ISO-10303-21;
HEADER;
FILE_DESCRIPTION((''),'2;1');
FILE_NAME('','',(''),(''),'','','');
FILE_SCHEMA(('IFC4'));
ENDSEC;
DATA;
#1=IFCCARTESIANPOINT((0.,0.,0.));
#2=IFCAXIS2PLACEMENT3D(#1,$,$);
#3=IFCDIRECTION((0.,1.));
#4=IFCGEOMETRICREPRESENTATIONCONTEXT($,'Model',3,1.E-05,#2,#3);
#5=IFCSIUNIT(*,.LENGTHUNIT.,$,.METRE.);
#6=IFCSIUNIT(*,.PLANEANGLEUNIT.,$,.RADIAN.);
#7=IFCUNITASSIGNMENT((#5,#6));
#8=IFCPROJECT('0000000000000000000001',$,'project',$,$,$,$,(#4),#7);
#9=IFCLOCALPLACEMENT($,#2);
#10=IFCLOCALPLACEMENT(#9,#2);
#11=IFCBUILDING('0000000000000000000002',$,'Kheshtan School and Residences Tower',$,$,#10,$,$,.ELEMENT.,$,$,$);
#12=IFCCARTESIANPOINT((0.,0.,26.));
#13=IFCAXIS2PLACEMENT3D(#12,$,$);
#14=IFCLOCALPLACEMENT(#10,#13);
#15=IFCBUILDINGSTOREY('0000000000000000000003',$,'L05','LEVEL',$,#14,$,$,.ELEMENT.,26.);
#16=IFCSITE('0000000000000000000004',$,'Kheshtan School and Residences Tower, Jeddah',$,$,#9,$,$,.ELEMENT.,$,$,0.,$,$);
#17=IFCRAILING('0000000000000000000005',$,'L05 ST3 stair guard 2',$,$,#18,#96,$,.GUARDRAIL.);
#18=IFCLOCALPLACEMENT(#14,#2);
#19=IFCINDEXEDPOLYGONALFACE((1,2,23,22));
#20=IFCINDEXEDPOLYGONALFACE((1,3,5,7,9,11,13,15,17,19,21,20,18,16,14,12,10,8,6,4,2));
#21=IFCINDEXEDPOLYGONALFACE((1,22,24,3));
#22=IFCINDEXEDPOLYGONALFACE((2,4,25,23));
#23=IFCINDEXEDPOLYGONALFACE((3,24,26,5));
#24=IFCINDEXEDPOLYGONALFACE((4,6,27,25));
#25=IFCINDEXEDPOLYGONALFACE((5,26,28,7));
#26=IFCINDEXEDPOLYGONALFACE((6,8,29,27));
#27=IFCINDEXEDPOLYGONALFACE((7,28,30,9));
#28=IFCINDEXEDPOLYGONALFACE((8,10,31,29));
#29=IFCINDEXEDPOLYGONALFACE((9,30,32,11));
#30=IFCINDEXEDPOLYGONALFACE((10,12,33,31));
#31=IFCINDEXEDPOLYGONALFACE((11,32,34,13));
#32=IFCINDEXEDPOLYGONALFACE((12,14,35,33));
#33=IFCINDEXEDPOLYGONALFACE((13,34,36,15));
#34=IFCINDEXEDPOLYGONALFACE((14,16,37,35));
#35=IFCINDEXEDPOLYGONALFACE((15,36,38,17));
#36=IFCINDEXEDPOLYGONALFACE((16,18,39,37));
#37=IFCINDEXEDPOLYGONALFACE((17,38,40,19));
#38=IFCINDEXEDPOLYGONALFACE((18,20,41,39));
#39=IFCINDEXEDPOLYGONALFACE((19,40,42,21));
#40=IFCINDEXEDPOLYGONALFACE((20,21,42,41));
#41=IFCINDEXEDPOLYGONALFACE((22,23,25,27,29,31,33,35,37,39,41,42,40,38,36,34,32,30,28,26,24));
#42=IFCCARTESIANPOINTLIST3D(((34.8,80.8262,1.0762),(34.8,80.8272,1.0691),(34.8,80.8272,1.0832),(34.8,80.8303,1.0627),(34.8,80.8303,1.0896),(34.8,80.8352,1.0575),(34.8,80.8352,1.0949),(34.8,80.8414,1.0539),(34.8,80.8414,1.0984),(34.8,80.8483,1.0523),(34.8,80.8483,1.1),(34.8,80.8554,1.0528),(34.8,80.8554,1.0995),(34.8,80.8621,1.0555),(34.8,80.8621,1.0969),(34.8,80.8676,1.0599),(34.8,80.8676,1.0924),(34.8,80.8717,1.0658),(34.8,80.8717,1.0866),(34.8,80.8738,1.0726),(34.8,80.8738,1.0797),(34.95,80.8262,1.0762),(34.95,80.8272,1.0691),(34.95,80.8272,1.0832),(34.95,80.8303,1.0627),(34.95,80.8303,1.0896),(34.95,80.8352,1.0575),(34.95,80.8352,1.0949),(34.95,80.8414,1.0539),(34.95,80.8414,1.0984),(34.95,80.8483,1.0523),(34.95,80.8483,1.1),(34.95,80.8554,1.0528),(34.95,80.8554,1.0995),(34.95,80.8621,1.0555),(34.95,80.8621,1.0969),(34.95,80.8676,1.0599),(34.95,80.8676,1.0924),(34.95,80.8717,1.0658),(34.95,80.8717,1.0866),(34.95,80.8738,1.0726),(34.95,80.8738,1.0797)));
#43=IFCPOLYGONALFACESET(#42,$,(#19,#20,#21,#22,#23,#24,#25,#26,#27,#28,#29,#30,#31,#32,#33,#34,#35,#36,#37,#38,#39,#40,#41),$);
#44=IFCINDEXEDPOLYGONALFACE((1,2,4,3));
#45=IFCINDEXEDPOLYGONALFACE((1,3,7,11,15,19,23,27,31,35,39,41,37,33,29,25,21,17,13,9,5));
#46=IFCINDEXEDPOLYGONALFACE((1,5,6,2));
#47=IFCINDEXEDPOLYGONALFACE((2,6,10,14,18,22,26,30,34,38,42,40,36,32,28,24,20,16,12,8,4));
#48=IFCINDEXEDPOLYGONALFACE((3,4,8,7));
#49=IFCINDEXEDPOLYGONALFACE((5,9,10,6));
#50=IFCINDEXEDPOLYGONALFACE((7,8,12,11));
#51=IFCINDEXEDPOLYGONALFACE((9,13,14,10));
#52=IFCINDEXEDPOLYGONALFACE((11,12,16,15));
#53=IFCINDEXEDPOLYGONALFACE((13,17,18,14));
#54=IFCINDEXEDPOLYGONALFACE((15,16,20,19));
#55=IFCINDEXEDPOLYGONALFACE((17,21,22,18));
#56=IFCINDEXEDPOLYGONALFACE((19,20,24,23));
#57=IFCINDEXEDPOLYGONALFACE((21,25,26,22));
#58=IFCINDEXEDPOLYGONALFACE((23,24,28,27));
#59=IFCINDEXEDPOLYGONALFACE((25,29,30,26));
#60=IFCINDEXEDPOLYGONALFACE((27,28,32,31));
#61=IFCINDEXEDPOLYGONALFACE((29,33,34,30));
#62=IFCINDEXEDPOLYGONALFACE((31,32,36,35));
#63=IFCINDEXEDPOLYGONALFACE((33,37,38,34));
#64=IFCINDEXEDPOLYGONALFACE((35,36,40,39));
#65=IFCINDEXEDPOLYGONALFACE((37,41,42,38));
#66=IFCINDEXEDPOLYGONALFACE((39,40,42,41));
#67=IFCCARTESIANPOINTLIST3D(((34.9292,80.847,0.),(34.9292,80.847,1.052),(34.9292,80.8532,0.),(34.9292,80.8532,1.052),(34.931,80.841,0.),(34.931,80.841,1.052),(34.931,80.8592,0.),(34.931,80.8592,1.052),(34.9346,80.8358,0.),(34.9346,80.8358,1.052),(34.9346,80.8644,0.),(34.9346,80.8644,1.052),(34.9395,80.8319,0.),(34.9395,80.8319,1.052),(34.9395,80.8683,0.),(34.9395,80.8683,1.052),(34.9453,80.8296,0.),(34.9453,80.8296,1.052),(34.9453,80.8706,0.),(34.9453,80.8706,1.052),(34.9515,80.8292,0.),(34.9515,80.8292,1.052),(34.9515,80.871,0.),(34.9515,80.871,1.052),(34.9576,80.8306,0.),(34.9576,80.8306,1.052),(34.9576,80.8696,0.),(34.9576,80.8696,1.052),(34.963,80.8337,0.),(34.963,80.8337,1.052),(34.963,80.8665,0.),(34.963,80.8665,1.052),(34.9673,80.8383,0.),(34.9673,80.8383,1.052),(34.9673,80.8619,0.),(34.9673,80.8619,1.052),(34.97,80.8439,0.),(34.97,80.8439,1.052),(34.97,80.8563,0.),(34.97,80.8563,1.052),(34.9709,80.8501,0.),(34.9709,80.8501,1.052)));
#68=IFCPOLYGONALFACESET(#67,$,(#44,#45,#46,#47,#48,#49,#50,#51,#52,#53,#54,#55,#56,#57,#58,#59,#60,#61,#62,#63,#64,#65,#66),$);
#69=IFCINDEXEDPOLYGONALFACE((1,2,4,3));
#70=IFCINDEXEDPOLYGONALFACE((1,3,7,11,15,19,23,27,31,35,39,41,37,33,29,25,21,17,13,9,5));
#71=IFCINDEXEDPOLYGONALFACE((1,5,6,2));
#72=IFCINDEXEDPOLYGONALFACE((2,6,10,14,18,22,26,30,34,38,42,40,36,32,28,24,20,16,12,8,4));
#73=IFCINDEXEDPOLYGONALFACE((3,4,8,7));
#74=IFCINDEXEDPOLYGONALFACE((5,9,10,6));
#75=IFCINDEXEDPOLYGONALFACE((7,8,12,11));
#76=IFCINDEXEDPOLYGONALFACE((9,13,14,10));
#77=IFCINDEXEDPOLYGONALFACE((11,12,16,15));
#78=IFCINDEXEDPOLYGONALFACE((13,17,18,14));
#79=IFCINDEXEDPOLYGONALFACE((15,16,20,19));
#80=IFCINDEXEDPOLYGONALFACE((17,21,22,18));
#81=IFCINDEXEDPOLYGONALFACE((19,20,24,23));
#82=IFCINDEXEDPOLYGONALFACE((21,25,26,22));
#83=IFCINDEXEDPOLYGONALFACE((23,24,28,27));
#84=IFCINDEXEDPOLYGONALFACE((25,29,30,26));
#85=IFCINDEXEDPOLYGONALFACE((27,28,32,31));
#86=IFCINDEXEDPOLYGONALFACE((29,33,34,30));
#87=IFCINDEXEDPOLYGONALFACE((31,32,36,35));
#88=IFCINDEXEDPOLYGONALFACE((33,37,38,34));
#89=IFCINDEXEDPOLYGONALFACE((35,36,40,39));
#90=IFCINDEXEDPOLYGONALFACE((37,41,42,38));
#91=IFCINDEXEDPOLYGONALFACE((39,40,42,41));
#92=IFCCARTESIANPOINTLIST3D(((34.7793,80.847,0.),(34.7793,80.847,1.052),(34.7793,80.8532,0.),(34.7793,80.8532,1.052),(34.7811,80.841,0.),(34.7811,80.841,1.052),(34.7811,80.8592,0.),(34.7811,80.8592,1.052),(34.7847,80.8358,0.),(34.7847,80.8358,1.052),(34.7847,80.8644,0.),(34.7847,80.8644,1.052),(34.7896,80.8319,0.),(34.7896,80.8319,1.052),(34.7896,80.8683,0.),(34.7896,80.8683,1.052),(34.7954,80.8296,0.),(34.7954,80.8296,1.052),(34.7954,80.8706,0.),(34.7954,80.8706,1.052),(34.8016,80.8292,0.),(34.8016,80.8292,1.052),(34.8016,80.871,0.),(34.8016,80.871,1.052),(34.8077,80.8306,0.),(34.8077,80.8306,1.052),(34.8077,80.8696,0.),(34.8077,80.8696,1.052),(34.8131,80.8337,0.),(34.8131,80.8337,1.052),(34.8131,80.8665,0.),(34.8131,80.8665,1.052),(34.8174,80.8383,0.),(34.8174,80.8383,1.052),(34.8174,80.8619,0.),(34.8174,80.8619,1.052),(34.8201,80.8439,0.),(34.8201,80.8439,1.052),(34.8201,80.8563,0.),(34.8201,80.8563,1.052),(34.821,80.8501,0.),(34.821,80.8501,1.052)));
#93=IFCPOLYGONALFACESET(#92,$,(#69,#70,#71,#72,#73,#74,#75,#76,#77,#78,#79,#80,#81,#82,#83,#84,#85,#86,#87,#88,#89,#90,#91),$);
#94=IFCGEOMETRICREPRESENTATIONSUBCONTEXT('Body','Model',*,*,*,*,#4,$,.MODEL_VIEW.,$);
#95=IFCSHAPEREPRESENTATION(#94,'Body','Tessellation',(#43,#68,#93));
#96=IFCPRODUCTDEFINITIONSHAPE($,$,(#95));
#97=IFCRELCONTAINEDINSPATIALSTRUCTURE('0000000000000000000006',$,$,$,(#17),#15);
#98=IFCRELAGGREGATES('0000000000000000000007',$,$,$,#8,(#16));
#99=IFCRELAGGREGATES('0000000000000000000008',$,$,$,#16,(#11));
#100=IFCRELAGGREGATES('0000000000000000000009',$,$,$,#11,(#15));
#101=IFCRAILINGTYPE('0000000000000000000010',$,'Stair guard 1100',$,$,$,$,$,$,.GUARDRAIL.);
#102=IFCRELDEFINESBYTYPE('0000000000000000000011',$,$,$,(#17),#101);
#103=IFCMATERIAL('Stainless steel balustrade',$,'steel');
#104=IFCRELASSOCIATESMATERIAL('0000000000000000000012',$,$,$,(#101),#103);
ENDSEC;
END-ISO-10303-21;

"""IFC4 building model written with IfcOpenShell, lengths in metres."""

from ifc_helpers import new_model, si_unit, direction, frame, origin, origin_2d, place, context, subcontext, project, spatial, circle, extrude, material, type_object, element, save


model = new_model("IFC4")

# Units and contexts
model_context = context("Model", 3, precision=1e-05, world=origin(), true_north=direction((0.0, 1.0)))
body_context = subcontext(model_context, "Body", "Model", "MODEL_VIEW")
ifc_project = project(units=[si_unit("LENGTHUNIT", "METRE"), si_unit("PLANEANGLEUNIT", "RADIAN")], contexts=[model_context])

# Site, building, storey
site_placement = place(None, origin())
site = spatial("IfcSite", under=ifc_project, at=site_placement, Name="Kheshtan School and Residences Tower, Jeddah", CompositionType="ELEMENT", RefElevation=0.0)
building_placement = place(site_placement, origin())
building = spatial("IfcBuilding", under=site, at=building_placement, Name="Kheshtan School and Residences Tower", CompositionType="ELEMENT")
storey_placement = place(building_placement, frame((0.0, 0.0, 26.0)))
storey = spatial("IfcBuildingStorey", under=building, at=storey_placement, Name="L05", Description="LEVEL", CompositionType="ELEMENT", Elevation=26.0)

# Railing
ifc_material_1 = material(Name="Stainless steel balustrade", Category="steel")
railing_type_1 = type_object("IfcRailingType", Name="Stair guard 1100", PredefinedType="GUARDRAIL", material=ifc_material_1)
railing_1_placement = place(storey_placement, frame((34.95, 80.8501, 0.0)))
element("IfcRailing", 1, at=railing_1_placement, inside=storey, type_object=railing_type_1, Name="L05 ST3 stair guard 2", PredefinedType="GUARDRAIL", context=body_context, shape_type="SweptSolid", body=[
    extrude(circle(Radius=0.0239, at=origin_2d()), frame((0.0, 0.0, 1.0762), z_axis=(-1.0, 0.0, 0.0), x_axis=(0.0, -1.0, 0.0)), (0.0, 0.0, 1.0), 0.1499),
    extrude(circle(Radius=0.021, at=origin_2d()), origin(), (0.0, 0.0, 1.0), 1.052),
    extrude(circle(Radius=0.021, at=origin_2d()), frame((-0.1499, 0.0, 0.0)), (0.0, 0.0, 1.0), 1.052),
])

save(model, "model.ifc")
